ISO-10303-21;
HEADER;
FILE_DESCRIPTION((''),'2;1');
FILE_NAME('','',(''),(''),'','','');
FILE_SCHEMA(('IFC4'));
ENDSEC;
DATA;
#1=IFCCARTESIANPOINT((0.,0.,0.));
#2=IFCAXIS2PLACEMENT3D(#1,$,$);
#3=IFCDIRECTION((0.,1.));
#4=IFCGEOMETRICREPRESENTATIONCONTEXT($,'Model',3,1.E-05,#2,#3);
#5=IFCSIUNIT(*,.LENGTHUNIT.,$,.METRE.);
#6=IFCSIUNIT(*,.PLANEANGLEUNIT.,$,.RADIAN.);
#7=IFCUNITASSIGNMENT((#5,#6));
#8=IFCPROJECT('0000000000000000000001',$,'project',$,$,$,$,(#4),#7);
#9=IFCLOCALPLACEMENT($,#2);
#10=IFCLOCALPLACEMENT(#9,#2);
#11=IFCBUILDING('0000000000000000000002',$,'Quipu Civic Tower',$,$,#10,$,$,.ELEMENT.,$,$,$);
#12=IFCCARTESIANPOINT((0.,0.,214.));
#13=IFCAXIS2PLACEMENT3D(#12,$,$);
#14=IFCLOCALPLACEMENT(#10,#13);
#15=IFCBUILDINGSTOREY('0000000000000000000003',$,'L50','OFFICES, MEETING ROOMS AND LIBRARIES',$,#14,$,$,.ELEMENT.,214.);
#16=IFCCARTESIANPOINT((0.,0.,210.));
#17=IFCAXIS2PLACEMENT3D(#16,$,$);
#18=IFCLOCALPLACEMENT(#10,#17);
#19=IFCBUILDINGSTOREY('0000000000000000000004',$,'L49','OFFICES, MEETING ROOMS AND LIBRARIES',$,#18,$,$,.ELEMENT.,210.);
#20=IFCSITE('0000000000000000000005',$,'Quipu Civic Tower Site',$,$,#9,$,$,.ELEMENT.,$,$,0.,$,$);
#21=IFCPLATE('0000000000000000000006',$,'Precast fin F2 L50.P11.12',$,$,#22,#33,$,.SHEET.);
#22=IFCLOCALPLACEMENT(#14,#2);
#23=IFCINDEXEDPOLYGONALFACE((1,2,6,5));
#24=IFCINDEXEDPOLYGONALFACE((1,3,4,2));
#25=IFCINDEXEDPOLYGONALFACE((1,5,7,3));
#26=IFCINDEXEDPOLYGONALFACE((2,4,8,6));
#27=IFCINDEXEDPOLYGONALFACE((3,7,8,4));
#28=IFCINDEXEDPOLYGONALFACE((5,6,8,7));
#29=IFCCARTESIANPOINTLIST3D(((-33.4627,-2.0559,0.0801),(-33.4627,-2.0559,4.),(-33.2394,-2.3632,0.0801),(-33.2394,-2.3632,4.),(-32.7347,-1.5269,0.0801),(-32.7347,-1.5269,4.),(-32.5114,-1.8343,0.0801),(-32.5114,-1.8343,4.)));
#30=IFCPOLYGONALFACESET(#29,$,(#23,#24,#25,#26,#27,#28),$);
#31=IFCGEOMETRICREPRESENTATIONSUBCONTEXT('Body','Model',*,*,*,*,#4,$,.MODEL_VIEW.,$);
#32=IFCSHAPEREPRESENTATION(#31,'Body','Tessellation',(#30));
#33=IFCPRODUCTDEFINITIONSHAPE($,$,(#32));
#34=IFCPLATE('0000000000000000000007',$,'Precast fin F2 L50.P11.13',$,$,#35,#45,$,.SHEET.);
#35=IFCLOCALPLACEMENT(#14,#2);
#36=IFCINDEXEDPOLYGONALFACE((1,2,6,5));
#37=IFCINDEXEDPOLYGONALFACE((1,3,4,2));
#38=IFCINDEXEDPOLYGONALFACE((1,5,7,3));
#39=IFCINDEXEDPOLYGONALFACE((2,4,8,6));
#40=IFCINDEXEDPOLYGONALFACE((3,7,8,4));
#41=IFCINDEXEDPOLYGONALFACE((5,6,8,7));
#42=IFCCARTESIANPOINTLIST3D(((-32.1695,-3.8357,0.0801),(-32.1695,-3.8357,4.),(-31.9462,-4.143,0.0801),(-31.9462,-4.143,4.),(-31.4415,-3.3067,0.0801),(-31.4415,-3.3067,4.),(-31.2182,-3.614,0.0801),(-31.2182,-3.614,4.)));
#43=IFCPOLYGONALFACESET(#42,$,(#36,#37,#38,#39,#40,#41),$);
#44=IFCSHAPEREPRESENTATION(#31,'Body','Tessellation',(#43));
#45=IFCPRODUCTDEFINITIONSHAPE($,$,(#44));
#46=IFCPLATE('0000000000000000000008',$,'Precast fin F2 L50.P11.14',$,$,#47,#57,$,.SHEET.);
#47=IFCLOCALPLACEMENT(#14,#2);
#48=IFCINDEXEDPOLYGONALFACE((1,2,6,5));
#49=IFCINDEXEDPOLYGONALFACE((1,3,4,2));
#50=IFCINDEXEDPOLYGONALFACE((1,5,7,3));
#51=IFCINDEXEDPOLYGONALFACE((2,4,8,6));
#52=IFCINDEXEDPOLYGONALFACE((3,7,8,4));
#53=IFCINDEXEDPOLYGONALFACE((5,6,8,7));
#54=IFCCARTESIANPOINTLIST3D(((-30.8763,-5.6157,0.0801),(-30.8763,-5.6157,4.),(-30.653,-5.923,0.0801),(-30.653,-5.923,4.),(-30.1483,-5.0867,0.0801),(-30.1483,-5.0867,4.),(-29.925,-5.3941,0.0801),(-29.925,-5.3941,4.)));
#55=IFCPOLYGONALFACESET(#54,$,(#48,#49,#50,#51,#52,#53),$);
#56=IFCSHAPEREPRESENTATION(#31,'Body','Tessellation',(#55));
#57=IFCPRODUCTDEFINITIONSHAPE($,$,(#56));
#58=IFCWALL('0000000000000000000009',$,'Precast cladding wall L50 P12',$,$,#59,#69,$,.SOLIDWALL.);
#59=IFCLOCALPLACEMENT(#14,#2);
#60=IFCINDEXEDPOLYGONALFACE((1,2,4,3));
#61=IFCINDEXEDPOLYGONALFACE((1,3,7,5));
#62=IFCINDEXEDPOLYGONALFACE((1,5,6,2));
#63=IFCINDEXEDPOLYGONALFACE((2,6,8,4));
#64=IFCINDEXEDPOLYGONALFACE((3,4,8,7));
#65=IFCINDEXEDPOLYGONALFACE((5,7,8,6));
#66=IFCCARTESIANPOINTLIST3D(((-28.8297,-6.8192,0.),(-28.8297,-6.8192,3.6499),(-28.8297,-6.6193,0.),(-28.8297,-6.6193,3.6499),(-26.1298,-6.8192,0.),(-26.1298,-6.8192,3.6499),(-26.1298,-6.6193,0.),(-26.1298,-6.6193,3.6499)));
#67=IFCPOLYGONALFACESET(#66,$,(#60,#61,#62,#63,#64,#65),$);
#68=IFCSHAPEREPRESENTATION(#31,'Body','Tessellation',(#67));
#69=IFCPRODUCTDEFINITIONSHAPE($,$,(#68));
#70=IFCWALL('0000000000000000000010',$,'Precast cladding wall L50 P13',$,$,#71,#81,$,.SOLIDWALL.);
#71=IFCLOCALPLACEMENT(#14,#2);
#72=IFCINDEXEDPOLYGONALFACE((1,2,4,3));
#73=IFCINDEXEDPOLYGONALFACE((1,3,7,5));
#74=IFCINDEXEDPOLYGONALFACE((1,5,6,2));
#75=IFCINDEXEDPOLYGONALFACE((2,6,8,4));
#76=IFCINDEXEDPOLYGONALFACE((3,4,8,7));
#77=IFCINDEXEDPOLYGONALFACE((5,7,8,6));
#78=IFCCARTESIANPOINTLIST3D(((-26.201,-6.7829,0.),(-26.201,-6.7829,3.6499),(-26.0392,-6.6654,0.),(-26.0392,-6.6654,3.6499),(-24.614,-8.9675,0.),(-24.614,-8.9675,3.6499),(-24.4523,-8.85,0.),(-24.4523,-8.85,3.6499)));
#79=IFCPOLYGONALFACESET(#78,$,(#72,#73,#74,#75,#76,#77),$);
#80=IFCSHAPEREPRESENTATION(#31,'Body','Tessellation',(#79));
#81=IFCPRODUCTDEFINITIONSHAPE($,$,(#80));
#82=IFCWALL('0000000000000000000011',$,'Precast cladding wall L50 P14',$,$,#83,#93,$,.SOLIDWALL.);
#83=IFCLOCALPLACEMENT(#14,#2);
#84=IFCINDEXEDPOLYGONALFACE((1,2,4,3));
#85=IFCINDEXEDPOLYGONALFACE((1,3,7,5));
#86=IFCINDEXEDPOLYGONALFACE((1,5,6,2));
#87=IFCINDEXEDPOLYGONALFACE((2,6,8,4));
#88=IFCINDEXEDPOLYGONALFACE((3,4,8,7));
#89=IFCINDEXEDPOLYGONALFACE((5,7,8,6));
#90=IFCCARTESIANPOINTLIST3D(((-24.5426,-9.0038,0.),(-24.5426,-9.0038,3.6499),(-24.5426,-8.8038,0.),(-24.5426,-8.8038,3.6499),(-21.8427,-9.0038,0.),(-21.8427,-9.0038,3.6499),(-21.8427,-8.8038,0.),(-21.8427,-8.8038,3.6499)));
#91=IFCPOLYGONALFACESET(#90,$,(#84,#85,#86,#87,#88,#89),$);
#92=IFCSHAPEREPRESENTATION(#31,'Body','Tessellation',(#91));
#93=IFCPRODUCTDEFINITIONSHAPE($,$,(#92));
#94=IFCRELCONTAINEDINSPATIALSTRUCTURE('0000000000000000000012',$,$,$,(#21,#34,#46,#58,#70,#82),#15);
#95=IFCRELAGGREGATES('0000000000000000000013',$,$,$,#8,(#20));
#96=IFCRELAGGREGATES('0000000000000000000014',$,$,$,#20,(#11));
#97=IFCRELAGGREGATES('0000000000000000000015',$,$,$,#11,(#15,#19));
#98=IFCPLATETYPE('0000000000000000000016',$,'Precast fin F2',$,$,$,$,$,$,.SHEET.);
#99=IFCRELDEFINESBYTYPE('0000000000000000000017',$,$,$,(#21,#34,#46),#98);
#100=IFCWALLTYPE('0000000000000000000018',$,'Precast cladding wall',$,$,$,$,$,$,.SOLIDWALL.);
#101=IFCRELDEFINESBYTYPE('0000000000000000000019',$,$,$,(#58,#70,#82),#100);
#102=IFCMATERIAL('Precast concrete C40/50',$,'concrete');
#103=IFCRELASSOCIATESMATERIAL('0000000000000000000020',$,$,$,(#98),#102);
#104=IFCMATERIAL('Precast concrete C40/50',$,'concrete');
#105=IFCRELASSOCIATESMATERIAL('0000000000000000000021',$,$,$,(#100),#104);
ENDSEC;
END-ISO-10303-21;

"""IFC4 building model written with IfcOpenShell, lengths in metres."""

from ifc_helpers import new_model, si_unit, direction, frame, frame_2d, origin, origin_2d, place, context, subcontext, project, spatial, rectangle, extrude, material, type_object, element, save


model = new_model("IFC4")

# Units and contexts
model_context = context("Model", 3, precision=1e-05, world=origin(), true_north=direction((0.0, 1.0)))
body_context = subcontext(model_context, "Body", "Model", "MODEL_VIEW")
ifc_project = project(units=[si_unit("LENGTHUNIT", "METRE"), si_unit("PLANEANGLEUNIT", "RADIAN")], contexts=[model_context])

# Site, building, storey
site_placement = place(None, origin())
site = spatial("IfcSite", under=ifc_project, at=site_placement, Name="Quipu Civic Tower Site", CompositionType="ELEMENT", RefElevation=0.0)
building_placement = place(site_placement, origin())
building = spatial("IfcBuilding", under=site, at=building_placement, Name="Quipu Civic Tower", CompositionType="ELEMENT")
storey_1_placement = place(building_placement, frame((0.0, 0.0, 214.0)))
storey_1 = spatial("IfcBuildingStorey", under=building, at=storey_1_placement, Name="L50", Description="OFFICES, MEETING ROOMS AND LIBRARIES", CompositionType="ELEMENT", Elevation=214.0)

# Shared definitions
storey_2_placement = place(building_placement, frame((0.0, 0.0, 210.0)))
storey_2 = spatial("IfcBuildingStorey", under=building, at=storey_2_placement, Name="L49", Description="OFFICES, MEETING ROOMS AND LIBRARIES", CompositionType="ELEMENT", Elevation=210.0)

# Plates
ifc_material_1 = material(Name="Precast concrete C40/50", Category="concrete")
plate_type_1 = type_object("IfcPlateType", Name="Precast fin F2", PredefinedType="SHEET", material=ifc_material_1)
for number, where, z_axis, x_axis, name in (
    (1, (-32.9871, -1.9451, 0.0801), (0.0, 0.0, 1.0), (0.587786, -0.809017, 0.0), "Precast fin F2 L50.P11.12"),
    (2, (-31.6938, -3.7249, 0.0801), (0.0, 0.0, 1.0), (0.587786, -0.809017, 0.0), "Precast fin F2 L50.P11.13"),
    (3, (-30.4006, -5.5049, 0.0801), (0.0, 0.0, 1.0), (0.587786, -0.809017, 0.0), "Precast fin F2 L50.P11.14"),
):
    element("IfcPlate", number, at=place(storey_1_placement, frame(where, z_axis=z_axis, x_axis=x_axis)), inside=storey_1, type_object=plate_type_1, Name=name, PredefinedType="SHEET", context=body_context, shape_type="SweptSolid", body=[
        extrude(rectangle(XDim=0.3799, YDim=0.8999, at=origin_2d()), origin(), (0.0, 0.0, 1.0), 3.9199),
    ])

# Walls
ifc_material_2 = material(Name="Precast concrete C40/50", Category="concrete")
wall_type = type_object("IfcWallType", Name="Precast cladding wall", PredefinedType="SOLIDWALL", material=ifc_material_2)
wall_1_placement = place(storey_1_placement, frame((-28.8298, -6.7192, 0.0), z_axis=(0.0, 0.0, 1.0), x_axis=(1.0, 0.0, 0.0)))
element("IfcWall", 4, at=wall_1_placement, inside=storey_1, type_object=wall_type, Name="Precast cladding wall L50 P12", PredefinedType="SOLIDWALL", context=body_context, shape_type="SweptSolid", body=[
    extrude(rectangle(XDim=2.7, YDim=0.2, at=frame_2d((1.3501, 0.0))), origin(), (0.0, 0.0, 1.0), 3.6499),
])
wall_2_placement = place(storey_1_placement, frame((-26.1201, -6.7241, 0.0), z_axis=(0.0, 0.0, 1.0), x_axis=(0.58772, -0.809064, 0.0)))
element("IfcWall", 5, at=wall_2_placement, inside=storey_1, type_object=wall_type, Name="Precast cladding wall L50 P13", PredefinedType="SOLIDWALL", context=body_context, shape_type="SweptSolid", body=[
    extrude(rectangle(XDim=2.7002, YDim=0.2, at=frame_2d((1.3501, 0.0))), origin(), (0.0, 0.0, 1.0), 3.6499),
])
wall_3_placement = place(storey_1_placement, frame((-24.5427, -8.9038, 0.0), z_axis=(0.0, 0.0, 1.0), x_axis=(1.0, 0.0, 0.0)))
element("IfcWall", 6, at=wall_3_placement, inside=storey_1, type_object=wall_type, Name="Precast cladding wall L50 P14", PredefinedType="SOLIDWALL", context=body_context, shape_type="SweptSolid", body=[
    extrude(rectangle(XDim=2.7, YDim=0.2, at=frame_2d((1.3501, 0.0))), origin(), (0.0, 0.0, 1.0), 3.6499),
])

save(model, "model.ifc")
